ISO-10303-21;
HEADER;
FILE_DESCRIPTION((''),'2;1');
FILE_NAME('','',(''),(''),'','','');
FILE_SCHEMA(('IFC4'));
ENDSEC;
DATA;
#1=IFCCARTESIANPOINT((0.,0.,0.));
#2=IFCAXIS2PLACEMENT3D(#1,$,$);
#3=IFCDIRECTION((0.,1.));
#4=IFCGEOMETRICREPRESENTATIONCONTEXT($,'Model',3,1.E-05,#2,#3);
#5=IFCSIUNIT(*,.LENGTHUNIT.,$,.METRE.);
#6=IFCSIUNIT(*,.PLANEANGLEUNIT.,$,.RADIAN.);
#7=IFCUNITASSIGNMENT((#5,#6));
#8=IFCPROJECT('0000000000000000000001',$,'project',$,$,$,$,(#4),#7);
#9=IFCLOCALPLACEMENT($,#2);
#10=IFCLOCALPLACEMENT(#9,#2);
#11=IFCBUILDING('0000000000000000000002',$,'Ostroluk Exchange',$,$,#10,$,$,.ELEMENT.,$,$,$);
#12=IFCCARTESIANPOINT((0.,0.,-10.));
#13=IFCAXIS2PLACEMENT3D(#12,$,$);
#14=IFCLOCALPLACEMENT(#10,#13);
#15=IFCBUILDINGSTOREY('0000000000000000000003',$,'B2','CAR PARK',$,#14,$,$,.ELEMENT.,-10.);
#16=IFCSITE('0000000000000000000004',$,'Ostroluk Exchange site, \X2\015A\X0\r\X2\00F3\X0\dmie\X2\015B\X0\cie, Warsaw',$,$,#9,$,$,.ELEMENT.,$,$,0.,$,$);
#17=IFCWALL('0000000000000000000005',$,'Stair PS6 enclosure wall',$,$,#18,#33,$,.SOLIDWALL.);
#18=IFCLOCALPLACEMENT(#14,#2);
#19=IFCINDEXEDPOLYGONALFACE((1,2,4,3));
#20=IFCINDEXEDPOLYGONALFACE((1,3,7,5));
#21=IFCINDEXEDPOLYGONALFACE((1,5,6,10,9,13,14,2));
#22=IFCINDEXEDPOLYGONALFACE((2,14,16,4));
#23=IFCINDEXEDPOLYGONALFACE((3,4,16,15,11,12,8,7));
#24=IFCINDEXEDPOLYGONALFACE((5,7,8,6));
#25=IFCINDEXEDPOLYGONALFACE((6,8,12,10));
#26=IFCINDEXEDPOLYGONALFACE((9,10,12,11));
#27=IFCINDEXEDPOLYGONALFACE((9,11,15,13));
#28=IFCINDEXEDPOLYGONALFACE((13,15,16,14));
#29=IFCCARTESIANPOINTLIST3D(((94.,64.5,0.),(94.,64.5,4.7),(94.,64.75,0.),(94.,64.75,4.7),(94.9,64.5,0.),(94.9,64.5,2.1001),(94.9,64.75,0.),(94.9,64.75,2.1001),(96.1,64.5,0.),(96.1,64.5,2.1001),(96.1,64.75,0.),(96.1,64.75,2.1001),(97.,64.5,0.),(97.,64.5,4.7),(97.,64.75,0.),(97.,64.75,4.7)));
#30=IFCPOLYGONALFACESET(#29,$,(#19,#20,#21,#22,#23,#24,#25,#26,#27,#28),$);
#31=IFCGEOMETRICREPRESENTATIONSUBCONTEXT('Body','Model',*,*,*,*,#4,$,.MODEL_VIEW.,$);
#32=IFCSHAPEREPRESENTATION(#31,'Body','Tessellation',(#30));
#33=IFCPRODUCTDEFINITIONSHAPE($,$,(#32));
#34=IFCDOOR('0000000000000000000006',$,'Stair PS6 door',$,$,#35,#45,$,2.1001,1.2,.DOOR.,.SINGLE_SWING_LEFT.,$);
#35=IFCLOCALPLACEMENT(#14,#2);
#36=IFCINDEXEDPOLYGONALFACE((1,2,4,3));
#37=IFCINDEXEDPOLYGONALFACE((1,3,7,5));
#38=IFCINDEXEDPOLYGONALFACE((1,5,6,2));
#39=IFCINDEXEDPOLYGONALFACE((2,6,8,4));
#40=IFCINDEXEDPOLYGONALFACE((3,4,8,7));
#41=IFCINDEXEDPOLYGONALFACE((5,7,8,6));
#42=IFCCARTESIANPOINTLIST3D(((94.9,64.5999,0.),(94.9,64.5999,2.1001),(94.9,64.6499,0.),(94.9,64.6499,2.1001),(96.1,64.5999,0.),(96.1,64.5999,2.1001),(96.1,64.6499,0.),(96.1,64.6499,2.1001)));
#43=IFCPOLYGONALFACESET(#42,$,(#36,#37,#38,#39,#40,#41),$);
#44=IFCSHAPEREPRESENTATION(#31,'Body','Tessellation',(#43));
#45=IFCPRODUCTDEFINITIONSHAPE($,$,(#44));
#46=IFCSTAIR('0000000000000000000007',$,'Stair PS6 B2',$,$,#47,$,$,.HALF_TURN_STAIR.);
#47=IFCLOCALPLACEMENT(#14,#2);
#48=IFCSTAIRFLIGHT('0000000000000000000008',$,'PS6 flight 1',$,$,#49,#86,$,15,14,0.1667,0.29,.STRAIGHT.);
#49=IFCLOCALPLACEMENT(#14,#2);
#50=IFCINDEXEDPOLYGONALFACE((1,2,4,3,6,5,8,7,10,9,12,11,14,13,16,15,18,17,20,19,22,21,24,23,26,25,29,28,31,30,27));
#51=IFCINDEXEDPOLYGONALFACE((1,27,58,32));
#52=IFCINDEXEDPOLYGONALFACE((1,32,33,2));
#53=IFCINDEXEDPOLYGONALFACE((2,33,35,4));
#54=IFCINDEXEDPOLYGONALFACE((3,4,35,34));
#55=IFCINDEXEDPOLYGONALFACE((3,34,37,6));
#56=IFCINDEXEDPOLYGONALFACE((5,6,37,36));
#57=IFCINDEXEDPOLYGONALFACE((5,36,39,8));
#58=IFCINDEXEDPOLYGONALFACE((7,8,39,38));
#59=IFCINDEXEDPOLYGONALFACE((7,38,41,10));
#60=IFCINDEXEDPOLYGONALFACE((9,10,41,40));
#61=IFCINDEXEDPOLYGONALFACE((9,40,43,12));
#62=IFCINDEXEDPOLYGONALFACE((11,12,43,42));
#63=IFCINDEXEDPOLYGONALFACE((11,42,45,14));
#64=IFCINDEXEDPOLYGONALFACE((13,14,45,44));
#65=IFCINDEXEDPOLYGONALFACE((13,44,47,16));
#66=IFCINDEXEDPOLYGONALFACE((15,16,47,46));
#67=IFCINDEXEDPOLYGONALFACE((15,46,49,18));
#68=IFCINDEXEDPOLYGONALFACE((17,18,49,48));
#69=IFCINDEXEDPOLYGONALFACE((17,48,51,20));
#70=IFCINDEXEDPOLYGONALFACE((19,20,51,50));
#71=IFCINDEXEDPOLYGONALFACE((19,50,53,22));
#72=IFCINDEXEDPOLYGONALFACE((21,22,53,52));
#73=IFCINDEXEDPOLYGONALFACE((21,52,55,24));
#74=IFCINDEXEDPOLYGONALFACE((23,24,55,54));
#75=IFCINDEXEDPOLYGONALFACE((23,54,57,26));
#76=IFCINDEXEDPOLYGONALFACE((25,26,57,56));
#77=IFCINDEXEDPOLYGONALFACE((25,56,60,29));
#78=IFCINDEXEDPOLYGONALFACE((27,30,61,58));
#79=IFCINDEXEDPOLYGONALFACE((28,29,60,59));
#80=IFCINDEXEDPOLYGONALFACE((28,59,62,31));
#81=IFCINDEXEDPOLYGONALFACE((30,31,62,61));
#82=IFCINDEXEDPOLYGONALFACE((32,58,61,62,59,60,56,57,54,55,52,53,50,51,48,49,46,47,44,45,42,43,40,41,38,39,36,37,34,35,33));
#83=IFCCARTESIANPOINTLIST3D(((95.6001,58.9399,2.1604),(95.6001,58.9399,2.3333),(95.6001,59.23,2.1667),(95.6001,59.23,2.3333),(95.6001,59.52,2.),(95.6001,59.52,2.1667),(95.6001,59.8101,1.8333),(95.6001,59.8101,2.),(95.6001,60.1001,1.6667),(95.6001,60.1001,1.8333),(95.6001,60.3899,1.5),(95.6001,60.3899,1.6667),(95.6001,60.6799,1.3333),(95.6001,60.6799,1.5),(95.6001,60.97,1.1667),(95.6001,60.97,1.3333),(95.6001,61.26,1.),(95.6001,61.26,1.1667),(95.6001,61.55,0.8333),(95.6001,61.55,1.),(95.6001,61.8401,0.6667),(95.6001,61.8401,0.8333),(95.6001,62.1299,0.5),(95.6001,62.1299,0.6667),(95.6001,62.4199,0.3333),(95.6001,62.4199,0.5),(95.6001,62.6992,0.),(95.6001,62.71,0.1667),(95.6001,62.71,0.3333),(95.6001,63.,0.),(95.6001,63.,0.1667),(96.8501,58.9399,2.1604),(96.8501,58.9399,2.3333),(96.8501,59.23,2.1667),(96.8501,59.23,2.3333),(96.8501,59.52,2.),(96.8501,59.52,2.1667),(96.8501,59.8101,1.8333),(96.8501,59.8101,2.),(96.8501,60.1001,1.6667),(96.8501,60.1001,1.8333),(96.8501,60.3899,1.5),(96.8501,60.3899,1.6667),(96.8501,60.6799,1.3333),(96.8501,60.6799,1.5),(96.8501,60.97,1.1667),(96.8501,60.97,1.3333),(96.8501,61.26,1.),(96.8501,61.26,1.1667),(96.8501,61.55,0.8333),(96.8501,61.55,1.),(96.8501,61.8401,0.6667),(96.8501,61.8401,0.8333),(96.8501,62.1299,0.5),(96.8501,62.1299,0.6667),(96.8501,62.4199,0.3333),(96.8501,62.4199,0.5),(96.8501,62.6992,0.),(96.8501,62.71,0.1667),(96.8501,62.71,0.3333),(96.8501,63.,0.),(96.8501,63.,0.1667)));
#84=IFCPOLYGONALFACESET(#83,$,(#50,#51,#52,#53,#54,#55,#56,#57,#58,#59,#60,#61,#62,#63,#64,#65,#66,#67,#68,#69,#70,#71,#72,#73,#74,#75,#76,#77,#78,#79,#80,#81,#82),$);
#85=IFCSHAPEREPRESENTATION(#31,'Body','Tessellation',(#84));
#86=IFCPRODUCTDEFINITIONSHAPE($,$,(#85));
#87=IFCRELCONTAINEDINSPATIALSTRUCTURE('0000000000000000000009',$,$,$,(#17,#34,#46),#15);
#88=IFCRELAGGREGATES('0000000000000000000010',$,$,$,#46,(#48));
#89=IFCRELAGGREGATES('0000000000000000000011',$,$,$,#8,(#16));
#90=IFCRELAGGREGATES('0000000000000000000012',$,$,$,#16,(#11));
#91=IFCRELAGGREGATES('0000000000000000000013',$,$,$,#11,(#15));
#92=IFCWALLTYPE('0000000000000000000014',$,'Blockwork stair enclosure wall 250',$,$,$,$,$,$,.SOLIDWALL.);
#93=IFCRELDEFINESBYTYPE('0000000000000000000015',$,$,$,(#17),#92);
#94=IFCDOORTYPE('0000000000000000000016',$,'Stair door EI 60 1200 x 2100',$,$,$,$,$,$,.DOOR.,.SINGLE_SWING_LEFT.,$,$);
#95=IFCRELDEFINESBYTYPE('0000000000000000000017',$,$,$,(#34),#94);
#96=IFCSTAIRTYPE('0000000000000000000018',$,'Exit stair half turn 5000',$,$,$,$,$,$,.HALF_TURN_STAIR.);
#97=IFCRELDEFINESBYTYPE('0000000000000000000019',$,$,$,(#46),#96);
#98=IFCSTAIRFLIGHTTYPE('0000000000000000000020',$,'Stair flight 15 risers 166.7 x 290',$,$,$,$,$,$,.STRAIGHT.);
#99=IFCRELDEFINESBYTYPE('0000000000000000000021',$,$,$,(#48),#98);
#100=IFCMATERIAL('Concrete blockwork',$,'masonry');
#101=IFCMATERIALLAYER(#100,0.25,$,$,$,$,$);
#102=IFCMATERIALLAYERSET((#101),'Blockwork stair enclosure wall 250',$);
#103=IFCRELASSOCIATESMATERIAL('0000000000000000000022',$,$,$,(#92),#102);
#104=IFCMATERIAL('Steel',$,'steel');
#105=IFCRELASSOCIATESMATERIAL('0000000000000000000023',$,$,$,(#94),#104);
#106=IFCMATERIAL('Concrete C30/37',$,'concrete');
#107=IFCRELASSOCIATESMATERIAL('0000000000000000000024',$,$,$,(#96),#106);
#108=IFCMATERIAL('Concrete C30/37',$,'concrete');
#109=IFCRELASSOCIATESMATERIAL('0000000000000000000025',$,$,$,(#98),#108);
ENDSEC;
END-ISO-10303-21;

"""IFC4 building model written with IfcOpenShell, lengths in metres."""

from ifc_helpers import new_model, si_unit, direction, frame, frame_2d, origin, place, context, subcontext, project, spatial, polyline, rectangle, outline, extrude, material, layer, layer_set, type_object, element, fill, aggregate, save


model = new_model("IFC4")

# Units and contexts
model_context = context("Model", 3, precision=1e-05, world=origin(), true_north=direction((0.0, 1.0)))
body_context = subcontext(model_context, "Body", "Model", "MODEL_VIEW")
ifc_project = project(units=[si_unit("LENGTHUNIT", "METRE"), si_unit("PLANEANGLEUNIT", "RADIAN")], contexts=[model_context])

# Site, building, storey
site_placement = place(None, origin())
site = spatial("IfcSite", under=ifc_project, at=site_placement, Name="Ostroluk Exchange site, Śródmieście, Warsaw", CompositionType="ELEMENT", RefElevation=0.0)
building_placement = place(site_placement, origin())
building = spatial("IfcBuilding", under=site, at=building_placement, Name="Ostroluk Exchange", CompositionType="ELEMENT")
storey_placement = place(building_placement, frame((0.0, 0.0, -10.0)))
storey = spatial("IfcBuildingStorey", under=building, at=storey_placement, Name="B2", Description="CAR PARK", CompositionType="ELEMENT", Elevation=-10.0)

# Wall, opening, door
ifc_material_1 = material(Name="Concrete blockwork", Category="masonry")
ifc_layer_1 = layer(ifc_material_1, 0.25)
ifc_layer_set_1 = layer_set([ifc_layer_1], Name="Blockwork stair enclosure wall 250")
wall_type = type_object("IfcWallType", Name="Blockwork stair enclosure wall 250", PredefinedType="SOLIDWALL", material=ifc_layer_set_1)
wall_placement = place(storey_placement, frame((94.0, 64.625, 0.0), z_axis=(0.0, 0.0, 1.0), x_axis=(1.0, 0.0, 0.0)))
wall = element("IfcWall", 1, at=wall_placement, inside=storey, type_object=wall_type, Name="Stair PS6 enclosure wall", PredefinedType="SOLIDWALL", context=body_context, shape_type="SweptSolid", body=[
    extrude(rectangle(XDim=3.0, YDim=0.25, at=frame_2d((1.5, 0.0))), origin(), (0.0, 0.0, 1.0), 4.7),
])
opening_placement = place(wall_placement, frame((0.8999, 0.0, 0.0)))
opening = element("IfcOpeningElement", 2, at=opening_placement, cuts=wall, PredefinedType="OPENING", context=body_context, shape_type="SweptSolid", body=[
    extrude(rectangle(XDim=1.2, YDim=2.1001, at=frame_2d((0.6001, 1.05))), frame((0.0, 0.135, 0.0), z_axis=(0.0, -1.0, 0.0), x_axis=(1.0, 0.0, 0.0)), (0.0, 0.0, 1.0), 0.27),
])
ifc_material_2 = material(Name="Steel", Category="steel")
door_type = type_object("IfcDoorType", Name="Stair door EI 60 1200 x 2100", OperationType="SINGLE_SWING_LEFT", PredefinedType="DOOR", material=ifc_material_2)
door_placement = place(opening_placement, origin())
door = element("IfcDoor", 3, at=door_placement, inside=storey, type_object=door_type, Name="Stair PS6 door", OperationType="SINGLE_SWING_LEFT", OverallHeight=2.1001, OverallWidth=1.2, PredefinedType="DOOR", context=body_context, shape_type="SweptSolid", body=[
    extrude(rectangle(XDim=1.2, YDim=2.1001, at=frame_2d((0.6001, 1.05))), frame((0.0, 0.0249, 0.0), z_axis=(0.0, -1.0, 0.0), x_axis=(1.0, 0.0, 0.0)), (0.0, 0.0, 1.0), 0.05),
])
fill(opening, door)

# Stair, stair flight
ifc_material_3 = material(Name="Concrete C30/37", Category="concrete")
stair_type = type_object("IfcStairType", Name="Exit stair half turn 5000", PredefinedType="HALF_TURN_STAIR", material=ifc_material_3)
stair_placement = place(storey_placement, origin())
stair = element("IfcStair", 4, at=stair_placement, inside=storey, type_object=stair_type, Name="Stair PS6 B2", PredefinedType="HALF_TURN_STAIR")
ifc_material_4 = material(Name="Concrete C30/37", Category="concrete")
stair_flight_type = type_object("IfcStairFlightType", Name="Stair flight 15 risers 166.7 x 290", PredefinedType="STRAIGHT", material=ifc_material_4)
stair_flight_placement = place(storey_placement, frame((96.2251, 63.0, 0.0), z_axis=(0.0, 0.0, 1.0), x_axis=(0.0, -1.0, 0.0)))
stair_flight = element("IfcStairFlight", 5, at=stair_flight_placement, type_object=stair_flight_type, Name="PS6 flight 1", NumberOfRisers=15, NumberOfTreads=14, PredefinedType="STRAIGHT", RiserHeight=0.1667, TreadLength=0.29, context=body_context, shape_type="SweptSolid", body=[
    extrude(outline(polyline([(0.0, 0.0), (0.0, 0.1667), (0.29, 0.1667), (0.29, 0.3333), (0.5801, 0.3333), (0.5801, 0.5), (0.8701, 0.5), (0.8701, 0.6667), (1.1599, 0.6667), (1.1599, 0.8333), (1.45, 0.8333), (1.45, 1.0), (1.74, 1.0), (1.74, 1.1667), (2.03, 1.1667), (2.03, 1.3333), (2.3201, 1.3333), (2.3201, 1.5), (2.6101, 1.5), (2.6101, 1.6667), (2.8999, 1.6667), (2.8999, 1.8333), (3.1899, 1.8333), (3.1899, 2.0), (3.48, 2.0), (3.48, 2.1667), (3.77, 2.1667), (3.77, 2.3333), (4.0601, 2.3333), (4.0601, 2.5), (4.0601, 2.1604), (0.3008, 0.0), (0.0, 0.0)])), frame((0.0, 0.625, 0.0), z_axis=(0.0, -1.0, 0.0), x_axis=(1.0, 0.0, 0.0)), (0.0, 0.0, 1.0), 1.25),
])
aggregate(stair, [stair_flight])

save(model, "model.ifc")
